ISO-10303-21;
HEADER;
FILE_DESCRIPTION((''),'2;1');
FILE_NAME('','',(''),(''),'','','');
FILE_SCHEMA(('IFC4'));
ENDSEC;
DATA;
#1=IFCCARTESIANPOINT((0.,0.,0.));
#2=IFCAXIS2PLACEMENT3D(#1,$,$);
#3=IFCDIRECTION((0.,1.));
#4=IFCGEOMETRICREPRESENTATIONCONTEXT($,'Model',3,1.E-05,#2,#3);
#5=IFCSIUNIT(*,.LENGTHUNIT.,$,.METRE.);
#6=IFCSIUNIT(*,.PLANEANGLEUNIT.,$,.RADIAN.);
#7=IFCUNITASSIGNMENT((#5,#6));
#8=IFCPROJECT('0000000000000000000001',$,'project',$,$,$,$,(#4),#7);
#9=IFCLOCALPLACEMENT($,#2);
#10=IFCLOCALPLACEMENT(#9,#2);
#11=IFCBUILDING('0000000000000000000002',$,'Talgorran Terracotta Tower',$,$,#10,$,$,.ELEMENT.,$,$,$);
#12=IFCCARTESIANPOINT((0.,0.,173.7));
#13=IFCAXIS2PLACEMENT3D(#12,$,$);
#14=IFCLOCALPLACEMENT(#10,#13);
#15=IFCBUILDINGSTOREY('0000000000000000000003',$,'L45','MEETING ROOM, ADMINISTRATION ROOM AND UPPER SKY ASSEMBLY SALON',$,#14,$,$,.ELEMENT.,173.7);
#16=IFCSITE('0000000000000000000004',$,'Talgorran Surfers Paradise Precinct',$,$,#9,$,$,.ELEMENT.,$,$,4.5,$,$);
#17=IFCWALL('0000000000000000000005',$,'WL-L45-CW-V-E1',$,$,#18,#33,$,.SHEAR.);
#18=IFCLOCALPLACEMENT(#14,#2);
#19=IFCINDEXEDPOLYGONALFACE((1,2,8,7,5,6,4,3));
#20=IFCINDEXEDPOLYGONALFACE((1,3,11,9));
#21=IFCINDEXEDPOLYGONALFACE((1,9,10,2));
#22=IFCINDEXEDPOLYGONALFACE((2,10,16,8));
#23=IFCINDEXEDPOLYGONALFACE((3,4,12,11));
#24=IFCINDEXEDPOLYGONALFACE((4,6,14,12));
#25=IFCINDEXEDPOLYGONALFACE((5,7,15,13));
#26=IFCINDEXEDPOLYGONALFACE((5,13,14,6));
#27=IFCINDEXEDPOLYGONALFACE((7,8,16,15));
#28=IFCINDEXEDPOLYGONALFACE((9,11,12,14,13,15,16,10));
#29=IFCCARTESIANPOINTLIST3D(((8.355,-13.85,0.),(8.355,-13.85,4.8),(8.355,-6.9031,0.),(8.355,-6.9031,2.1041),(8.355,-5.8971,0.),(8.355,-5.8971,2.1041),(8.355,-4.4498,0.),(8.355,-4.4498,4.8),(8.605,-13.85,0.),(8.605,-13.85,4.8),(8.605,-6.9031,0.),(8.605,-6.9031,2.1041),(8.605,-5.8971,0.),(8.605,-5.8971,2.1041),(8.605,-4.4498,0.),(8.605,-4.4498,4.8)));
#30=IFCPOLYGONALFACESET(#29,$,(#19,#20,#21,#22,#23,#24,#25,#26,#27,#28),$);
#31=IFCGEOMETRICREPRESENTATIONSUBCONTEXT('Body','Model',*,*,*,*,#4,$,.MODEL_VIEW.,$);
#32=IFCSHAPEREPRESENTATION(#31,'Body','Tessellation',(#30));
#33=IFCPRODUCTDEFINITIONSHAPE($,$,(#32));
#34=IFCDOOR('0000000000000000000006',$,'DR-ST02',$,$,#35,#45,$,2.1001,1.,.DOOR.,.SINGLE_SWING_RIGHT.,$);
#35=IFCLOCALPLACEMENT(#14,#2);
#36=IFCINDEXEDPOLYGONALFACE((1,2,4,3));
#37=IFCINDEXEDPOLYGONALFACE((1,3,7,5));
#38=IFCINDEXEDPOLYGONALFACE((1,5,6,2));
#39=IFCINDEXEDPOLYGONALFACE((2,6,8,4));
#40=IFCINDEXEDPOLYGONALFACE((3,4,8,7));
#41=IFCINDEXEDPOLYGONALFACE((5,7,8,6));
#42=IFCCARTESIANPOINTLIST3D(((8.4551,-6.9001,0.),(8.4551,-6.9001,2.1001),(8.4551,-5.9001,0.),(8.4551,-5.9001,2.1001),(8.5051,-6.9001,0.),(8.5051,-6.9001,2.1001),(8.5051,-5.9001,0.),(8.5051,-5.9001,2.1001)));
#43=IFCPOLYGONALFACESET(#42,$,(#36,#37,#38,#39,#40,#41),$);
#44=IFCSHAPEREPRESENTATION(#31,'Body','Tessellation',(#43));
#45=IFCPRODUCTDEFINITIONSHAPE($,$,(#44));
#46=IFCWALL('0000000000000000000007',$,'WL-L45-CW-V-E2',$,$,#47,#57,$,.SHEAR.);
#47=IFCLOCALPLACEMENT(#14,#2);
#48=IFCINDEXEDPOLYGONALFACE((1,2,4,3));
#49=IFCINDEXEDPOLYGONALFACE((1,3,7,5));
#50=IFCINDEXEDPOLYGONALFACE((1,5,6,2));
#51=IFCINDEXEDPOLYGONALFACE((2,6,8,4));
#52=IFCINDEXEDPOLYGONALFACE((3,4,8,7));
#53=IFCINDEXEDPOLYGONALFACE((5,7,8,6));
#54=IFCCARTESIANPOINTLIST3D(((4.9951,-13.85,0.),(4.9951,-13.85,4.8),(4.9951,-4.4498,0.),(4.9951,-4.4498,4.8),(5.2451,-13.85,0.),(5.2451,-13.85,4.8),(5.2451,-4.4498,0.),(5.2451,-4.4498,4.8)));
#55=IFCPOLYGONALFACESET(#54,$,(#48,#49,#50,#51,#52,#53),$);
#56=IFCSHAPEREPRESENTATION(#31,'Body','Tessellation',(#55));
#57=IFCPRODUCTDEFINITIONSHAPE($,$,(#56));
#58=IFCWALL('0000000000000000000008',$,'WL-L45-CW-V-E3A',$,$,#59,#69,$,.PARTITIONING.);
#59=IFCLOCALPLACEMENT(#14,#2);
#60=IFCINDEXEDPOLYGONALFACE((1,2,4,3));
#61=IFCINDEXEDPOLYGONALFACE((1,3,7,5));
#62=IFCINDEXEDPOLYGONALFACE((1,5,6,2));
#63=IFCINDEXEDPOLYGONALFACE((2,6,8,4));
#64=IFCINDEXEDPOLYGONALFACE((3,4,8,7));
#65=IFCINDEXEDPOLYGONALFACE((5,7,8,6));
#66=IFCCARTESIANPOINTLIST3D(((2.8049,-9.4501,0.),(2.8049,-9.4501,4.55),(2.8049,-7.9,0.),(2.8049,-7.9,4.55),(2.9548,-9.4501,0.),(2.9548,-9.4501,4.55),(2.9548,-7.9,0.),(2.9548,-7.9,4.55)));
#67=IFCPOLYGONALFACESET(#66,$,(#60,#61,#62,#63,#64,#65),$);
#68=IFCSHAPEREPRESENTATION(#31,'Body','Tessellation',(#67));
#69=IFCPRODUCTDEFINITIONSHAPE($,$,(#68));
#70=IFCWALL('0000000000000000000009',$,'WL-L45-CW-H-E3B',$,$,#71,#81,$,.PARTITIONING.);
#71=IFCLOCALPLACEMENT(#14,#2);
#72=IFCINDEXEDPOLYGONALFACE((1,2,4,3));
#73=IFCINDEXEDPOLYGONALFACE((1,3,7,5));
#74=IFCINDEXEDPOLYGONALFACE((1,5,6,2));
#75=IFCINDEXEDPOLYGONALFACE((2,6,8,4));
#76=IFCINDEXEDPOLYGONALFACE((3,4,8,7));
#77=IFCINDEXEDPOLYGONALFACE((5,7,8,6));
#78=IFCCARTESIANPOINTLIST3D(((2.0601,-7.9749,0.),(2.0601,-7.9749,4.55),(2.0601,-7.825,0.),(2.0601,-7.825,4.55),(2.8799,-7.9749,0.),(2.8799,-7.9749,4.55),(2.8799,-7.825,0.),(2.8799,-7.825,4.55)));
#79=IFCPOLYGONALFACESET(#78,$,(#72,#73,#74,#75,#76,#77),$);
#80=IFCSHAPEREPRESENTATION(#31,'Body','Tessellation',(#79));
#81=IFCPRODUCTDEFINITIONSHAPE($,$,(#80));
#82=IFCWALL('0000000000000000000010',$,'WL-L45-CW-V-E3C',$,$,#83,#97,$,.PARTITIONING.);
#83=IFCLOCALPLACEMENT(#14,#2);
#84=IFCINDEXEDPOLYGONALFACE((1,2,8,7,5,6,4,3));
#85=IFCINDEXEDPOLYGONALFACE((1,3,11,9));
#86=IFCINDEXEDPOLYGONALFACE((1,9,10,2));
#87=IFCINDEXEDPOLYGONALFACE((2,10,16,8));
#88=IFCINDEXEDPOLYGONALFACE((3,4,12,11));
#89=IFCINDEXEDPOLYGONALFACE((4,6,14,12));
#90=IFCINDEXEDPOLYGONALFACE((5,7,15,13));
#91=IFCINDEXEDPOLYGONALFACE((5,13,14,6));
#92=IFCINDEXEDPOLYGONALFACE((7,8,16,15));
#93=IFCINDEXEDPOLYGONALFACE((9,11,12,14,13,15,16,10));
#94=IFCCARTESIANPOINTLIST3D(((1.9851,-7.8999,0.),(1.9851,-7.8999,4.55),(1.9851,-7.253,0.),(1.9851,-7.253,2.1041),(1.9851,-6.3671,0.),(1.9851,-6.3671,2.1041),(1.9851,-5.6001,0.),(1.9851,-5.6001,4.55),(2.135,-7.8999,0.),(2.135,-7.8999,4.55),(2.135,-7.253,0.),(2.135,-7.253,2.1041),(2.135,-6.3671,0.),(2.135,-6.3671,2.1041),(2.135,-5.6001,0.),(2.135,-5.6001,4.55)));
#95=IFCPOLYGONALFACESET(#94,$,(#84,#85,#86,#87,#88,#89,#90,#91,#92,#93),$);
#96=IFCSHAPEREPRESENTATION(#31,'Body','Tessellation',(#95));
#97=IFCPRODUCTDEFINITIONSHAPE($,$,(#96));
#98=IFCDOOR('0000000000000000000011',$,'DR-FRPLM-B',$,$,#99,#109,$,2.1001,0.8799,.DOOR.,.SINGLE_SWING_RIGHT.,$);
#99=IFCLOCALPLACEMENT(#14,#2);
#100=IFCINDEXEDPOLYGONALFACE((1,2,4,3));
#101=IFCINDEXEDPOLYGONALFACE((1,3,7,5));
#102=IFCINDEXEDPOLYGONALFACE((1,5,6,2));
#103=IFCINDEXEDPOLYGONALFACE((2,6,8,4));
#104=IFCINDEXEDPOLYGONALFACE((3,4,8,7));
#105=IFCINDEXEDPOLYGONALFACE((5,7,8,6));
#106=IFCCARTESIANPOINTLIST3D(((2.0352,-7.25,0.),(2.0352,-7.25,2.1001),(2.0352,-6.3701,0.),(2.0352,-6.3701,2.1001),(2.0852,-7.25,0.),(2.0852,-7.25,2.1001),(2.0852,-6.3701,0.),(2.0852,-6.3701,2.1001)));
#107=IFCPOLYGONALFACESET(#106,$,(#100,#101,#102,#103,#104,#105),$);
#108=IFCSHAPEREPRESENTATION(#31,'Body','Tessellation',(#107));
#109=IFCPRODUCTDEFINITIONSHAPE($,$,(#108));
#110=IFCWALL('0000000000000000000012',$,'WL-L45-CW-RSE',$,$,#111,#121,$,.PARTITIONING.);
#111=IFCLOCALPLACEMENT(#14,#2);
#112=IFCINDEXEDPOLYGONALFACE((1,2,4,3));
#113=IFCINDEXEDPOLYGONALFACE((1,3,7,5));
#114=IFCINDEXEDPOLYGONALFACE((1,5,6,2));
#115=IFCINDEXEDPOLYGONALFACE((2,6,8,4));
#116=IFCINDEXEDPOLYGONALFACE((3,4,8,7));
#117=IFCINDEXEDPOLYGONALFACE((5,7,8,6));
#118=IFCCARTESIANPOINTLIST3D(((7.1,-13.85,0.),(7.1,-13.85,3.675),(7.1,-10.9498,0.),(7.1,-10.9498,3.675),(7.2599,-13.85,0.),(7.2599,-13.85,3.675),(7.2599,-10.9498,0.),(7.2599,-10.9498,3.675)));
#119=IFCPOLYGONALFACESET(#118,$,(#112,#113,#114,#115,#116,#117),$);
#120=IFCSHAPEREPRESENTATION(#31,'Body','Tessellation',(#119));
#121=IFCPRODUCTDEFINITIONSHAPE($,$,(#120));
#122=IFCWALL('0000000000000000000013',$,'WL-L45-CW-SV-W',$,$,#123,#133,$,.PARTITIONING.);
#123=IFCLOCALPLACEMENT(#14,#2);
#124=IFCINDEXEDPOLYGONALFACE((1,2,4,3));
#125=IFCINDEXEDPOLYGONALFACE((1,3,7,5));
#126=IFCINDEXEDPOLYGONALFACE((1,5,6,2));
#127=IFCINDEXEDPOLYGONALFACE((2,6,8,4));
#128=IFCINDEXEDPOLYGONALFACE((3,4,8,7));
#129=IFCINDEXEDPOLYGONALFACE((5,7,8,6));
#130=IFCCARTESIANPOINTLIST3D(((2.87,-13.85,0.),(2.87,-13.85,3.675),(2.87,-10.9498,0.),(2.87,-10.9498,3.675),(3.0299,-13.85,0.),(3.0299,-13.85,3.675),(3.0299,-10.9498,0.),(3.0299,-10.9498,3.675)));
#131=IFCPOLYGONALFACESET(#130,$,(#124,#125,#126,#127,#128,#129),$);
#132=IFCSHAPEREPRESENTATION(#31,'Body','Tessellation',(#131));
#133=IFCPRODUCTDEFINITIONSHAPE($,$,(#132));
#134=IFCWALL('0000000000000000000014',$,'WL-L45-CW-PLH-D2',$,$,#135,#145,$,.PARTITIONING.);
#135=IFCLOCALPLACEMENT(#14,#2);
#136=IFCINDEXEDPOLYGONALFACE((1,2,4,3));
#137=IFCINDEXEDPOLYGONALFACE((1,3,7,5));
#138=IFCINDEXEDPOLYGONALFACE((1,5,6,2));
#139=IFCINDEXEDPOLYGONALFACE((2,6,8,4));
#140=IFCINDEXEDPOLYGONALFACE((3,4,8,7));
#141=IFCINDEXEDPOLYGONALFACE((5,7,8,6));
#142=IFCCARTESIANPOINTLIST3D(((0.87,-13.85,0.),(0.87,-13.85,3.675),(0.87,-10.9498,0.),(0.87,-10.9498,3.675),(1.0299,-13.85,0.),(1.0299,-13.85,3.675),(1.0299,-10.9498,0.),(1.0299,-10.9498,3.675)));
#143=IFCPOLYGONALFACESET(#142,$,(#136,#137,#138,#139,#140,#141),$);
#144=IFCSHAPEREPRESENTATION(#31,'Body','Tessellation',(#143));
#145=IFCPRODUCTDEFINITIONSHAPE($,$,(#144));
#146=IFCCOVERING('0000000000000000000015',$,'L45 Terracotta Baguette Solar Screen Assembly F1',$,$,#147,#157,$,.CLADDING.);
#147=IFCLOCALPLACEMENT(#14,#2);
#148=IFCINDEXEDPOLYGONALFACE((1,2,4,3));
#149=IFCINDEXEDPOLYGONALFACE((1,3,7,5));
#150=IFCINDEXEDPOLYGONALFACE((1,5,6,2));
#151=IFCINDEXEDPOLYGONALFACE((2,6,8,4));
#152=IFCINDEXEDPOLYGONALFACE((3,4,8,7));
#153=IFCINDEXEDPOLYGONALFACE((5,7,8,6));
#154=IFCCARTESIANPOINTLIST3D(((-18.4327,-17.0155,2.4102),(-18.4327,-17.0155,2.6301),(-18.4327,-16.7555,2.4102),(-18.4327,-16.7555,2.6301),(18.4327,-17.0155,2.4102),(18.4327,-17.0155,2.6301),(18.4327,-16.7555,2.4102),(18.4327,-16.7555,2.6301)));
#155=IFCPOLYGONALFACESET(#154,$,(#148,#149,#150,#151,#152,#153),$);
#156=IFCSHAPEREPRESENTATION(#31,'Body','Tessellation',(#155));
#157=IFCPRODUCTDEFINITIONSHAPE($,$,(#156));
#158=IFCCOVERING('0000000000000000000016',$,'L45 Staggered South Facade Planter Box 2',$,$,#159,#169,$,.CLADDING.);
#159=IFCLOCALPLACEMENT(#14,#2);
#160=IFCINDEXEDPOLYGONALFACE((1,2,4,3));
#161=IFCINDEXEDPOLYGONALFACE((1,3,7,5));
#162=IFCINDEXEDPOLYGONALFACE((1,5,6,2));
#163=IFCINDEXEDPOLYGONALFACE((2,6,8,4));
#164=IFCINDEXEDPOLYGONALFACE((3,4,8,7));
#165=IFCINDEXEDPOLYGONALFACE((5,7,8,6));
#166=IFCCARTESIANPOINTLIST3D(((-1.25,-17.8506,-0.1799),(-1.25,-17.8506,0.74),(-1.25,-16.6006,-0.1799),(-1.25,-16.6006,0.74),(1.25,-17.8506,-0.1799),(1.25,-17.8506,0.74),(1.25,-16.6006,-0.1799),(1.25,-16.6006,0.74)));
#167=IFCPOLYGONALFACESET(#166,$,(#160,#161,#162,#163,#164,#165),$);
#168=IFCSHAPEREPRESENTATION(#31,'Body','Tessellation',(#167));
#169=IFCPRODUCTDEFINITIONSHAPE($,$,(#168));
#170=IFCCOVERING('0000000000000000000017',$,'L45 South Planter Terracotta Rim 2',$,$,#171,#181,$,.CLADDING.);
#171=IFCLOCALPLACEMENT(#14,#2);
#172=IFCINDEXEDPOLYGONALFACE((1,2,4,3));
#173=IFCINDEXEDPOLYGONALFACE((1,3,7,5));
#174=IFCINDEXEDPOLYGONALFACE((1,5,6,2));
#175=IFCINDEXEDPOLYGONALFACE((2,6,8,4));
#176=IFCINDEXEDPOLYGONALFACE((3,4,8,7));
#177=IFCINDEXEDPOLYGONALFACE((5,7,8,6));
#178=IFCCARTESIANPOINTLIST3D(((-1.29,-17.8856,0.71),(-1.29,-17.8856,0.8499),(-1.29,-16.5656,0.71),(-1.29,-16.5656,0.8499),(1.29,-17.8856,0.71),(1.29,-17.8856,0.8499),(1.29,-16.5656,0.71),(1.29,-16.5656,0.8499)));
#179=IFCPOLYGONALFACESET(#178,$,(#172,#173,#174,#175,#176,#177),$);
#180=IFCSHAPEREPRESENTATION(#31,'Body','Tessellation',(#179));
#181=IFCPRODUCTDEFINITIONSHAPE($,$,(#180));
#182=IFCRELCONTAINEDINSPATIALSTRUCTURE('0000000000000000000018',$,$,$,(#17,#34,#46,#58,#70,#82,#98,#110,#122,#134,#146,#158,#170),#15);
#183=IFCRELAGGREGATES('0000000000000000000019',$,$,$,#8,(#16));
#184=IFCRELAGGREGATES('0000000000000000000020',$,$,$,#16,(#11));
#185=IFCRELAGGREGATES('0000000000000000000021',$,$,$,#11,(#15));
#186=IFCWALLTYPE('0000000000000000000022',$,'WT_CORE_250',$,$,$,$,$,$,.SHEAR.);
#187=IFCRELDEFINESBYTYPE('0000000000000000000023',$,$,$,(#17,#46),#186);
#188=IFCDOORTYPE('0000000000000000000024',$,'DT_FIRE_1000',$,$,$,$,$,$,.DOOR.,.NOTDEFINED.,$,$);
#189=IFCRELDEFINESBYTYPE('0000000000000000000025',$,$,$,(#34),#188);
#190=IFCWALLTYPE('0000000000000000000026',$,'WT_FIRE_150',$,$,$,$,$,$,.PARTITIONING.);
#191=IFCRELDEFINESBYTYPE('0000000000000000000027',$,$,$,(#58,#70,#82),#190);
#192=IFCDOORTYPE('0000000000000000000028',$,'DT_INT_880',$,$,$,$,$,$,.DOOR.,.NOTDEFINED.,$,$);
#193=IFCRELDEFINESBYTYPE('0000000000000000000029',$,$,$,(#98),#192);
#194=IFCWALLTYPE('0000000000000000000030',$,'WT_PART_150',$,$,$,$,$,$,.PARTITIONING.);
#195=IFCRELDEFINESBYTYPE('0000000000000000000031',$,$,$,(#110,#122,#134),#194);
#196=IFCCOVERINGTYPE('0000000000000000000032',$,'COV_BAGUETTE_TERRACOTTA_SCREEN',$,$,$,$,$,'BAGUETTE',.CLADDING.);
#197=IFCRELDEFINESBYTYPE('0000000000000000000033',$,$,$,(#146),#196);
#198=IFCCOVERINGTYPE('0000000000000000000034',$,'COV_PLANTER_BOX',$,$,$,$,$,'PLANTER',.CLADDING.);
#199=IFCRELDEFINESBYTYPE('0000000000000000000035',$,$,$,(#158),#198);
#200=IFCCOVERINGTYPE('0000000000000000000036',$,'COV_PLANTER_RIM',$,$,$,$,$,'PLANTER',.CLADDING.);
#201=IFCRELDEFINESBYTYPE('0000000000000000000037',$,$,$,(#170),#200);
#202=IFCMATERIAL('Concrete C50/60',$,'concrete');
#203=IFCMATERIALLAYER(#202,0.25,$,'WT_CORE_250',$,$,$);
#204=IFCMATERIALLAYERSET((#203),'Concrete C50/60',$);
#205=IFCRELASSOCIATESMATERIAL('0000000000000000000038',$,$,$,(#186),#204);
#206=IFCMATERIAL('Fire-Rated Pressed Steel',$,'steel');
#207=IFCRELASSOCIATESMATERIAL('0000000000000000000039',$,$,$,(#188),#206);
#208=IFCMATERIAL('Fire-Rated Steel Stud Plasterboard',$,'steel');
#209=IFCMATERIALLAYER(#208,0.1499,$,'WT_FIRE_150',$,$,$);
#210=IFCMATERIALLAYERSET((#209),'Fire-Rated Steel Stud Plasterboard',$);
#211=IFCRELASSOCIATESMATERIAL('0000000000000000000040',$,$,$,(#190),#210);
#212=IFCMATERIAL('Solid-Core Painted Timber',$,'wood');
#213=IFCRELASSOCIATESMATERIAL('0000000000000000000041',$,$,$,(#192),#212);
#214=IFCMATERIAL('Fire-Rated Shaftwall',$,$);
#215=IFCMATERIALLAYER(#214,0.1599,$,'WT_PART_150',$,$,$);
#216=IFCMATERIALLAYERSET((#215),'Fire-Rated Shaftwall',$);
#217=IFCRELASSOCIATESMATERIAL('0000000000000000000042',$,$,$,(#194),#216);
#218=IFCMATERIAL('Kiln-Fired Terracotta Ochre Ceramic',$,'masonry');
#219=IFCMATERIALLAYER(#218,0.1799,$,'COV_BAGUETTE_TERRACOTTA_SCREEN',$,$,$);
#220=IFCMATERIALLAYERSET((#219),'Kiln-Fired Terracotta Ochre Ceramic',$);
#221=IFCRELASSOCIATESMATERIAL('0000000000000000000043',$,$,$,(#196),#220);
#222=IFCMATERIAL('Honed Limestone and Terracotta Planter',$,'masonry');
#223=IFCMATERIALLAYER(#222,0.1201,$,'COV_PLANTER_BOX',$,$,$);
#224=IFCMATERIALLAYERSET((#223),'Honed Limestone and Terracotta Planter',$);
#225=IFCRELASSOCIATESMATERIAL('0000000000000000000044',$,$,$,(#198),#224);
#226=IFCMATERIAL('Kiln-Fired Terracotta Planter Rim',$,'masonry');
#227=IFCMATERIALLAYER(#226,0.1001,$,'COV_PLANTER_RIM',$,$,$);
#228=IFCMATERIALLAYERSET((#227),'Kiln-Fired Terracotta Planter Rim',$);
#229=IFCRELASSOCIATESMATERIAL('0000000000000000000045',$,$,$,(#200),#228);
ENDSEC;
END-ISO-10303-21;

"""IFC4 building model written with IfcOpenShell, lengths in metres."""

from ifc_helpers import new_model, si_unit, direction, frame, frame_2d, origin, origin_2d, place, context, subcontext, project, spatial, rectangle, extrude, material, layer, layer_set, type_object, element, fill, save


model = new_model("IFC4")

# Units and contexts
model_context = context("Model", 3, precision=1e-05, world=origin(), true_north=direction((0.0, 1.0)))
body_context = subcontext(model_context, "Body", "Model", "MODEL_VIEW")
ifc_project = project(units=[si_unit("LENGTHUNIT", "METRE"), si_unit("PLANEANGLEUNIT", "RADIAN")], contexts=[model_context])

# Site, building, storey
site_placement = place(None, origin())
site = spatial("IfcSite", under=ifc_project, at=site_placement, Name="Talgorran Surfers Paradise Precinct", CompositionType="ELEMENT", RefElevation=4.5)
building_placement = place(site_placement, origin())
building = spatial("IfcBuilding", under=site, at=building_placement, Name="Talgorran Terracotta Tower", CompositionType="ELEMENT")
storey_placement = place(building_placement, frame((0.0, 0.0, 173.7)))
storey = spatial("IfcBuildingStorey", under=building, at=storey_placement, Name="L45", Description="MEETING ROOM, ADMINISTRATION ROOM AND UPPER SKY ASSEMBLY SALON", CompositionType="ELEMENT", Elevation=173.7)

# Shared definitions
ifc_material_1 = material(Name="Concrete C50/60", Category="concrete")

# Shared definitions
ifc_material_2 = material(Name="Fire-Rated Pressed Steel", Category="steel")

# Wall, opening, door
ifc_layer_1 = layer(ifc_material_1, 0.25, Name="WT_CORE_250")
ifc_layer_set_1 = layer_set([ifc_layer_1], Name="Concrete C50/60")
wall_type_1 = type_object("IfcWallType", Name="WT_CORE_250", PredefinedType="SHEAR", material=ifc_layer_set_1)
wall_1_placement = place(storey_placement, frame((8.48, -13.8501, 0.0), z_axis=(0.0, 0.0, 1.0), x_axis=(0.0, 1.0, 0.0)))
wall_1 = element("IfcWall", 1, at=wall_1_placement, inside=storey, type_object=wall_type_1, Name="WL-L45-CW-V-E1", PredefinedType="SHEAR", context=body_context, shape_type="SweptSolid", body=[
    extrude(rectangle(XDim=9.4001, YDim=0.25, at=frame_2d((4.7002, 0.0))), origin(), (0.0, 0.0, 1.0), 4.8),
])
opening_1_placement = place(wall_1_placement, frame((6.95, 0.0, 0.0)))
opening_1 = element("IfcOpeningElement", 2, at=opening_1_placement, cuts=wall_1, PredefinedType="OPENING", context=body_context, shape_type="SweptSolid", body=[
    extrude(rectangle(XDim=1.006, YDim=2.1041, at=frame_2d((0.5, 1.052))), frame((0.0, 0.135, 0.0), z_axis=(0.0, -1.0, 0.0), x_axis=(1.0, 0.0, 0.0)), (0.0, 0.0, 1.0), 0.27),
])
door_type_1 = type_object("IfcDoorType", Name="DT_FIRE_1000", OperationType="NOTDEFINED", PredefinedType="DOOR", material=ifc_material_2)
door_1_placement = place(opening_1_placement, origin())
door_1 = element("IfcDoor", 3, at=door_1_placement, inside=storey, type_object=door_type_1, Name="DR-ST02", OperationType="SINGLE_SWING_RIGHT", OverallHeight=2.1001, OverallWidth=1.0, PredefinedType="DOOR", context=body_context, shape_type="SweptSolid", body=[
    extrude(rectangle(XDim=1.0, YDim=2.1001, at=frame_2d((0.5, 1.05))), frame((0.0, 0.0249, 0.0), z_axis=(0.0, -1.0, 0.0), x_axis=(1.0, 0.0, 0.0)), (0.0, 0.0, 1.0), 0.05),
])
fill(opening_1, door_1)

# Walls
wall_2_placement = place(storey_placement, frame((5.1201, -13.8501, 0.0), z_axis=(0.0, 0.0, 1.0), x_axis=(0.0, 1.0, 0.0)))
element("IfcWall", 4, at=wall_2_placement, inside=storey, type_object=wall_type_1, Name="WL-L45-CW-V-E2", PredefinedType="SHEAR", context=body_context, shape_type="SweptSolid", body=[
    extrude(rectangle(XDim=9.4001, YDim=0.25, at=frame_2d((4.7002, 0.0))), origin(), (0.0, 0.0, 1.0), 4.8),
])
ifc_material_3 = material(Name="Fire-Rated Steel Stud Plasterboard", Category="steel")
ifc_layer_2 = layer(ifc_material_3, 0.1499, Name="WT_FIRE_150")
ifc_layer_set_2 = layer_set([ifc_layer_2], Name="Fire-Rated Steel Stud Plasterboard")
wall_type_2 = type_object("IfcWallType", Name="WT_FIRE_150", PredefinedType="PARTITIONING", material=ifc_layer_set_2)
wall_3_placement = place(storey_placement, frame((2.8799, -9.45, 0.0), z_axis=(0.0, 0.0, 1.0), x_axis=(0.0, 1.0, 0.0)))
element("IfcWall", 5, at=wall_3_placement, inside=storey, type_object=wall_type_2, Name="WL-L45-CW-V-E3A", PredefinedType="PARTITIONING", context=body_context, shape_type="SweptSolid", body=[
    extrude(rectangle(XDim=1.55, YDim=0.1499, at=frame_2d((0.7749, 0.0))), origin(), (0.0, 0.0, 1.0), 4.55),
])
wall_4_placement = place(storey_placement, frame((2.0601, -7.8999, 0.0), z_axis=(0.0, 0.0, 1.0), x_axis=(1.0, 0.0, 0.0)))
element("IfcWall", 6, at=wall_4_placement, inside=storey, type_object=wall_type_2, Name="WL-L45-CW-H-E3B", PredefinedType="PARTITIONING", context=body_context, shape_type="SweptSolid", body=[
    extrude(rectangle(XDim=0.8198, YDim=0.1499, at=frame_2d((0.4099, 0.0))), origin(), (0.0, 0.0, 1.0), 4.55),
])

# Wall, opening, door
wall_5_placement = place(storey_placement, frame((2.0601, -7.8999, 0.0), z_axis=(0.0, 0.0, 1.0), x_axis=(0.0, 1.0, 0.0)))
wall_5 = element("IfcWall", 7, at=wall_5_placement, inside=storey, type_object=wall_type_2, Name="WL-L45-CW-V-E3C", PredefinedType="PARTITIONING", context=body_context, shape_type="SweptSolid", body=[
    extrude(rectangle(XDim=2.2998, YDim=0.1499, at=frame_2d((1.1499, 0.0))), origin(), (0.0, 0.0, 1.0), 4.55),
])
opening_2_placement = place(wall_5_placement, frame((0.6499, 0.0, 0.0)))
opening_2 = element("IfcOpeningElement", 8, at=opening_2_placement, cuts=wall_5, PredefinedType="OPENING", context=body_context, shape_type="SweptSolid", body=[
    extrude(rectangle(XDim=0.8859, YDim=2.1041, at=frame_2d((0.4399, 1.052))), frame((0.0, 0.085, 0.0), z_axis=(0.0, -1.0, 0.0), x_axis=(1.0, 0.0, 0.0)), (0.0, 0.0, 1.0), 0.1699),
])
ifc_material_4 = material(Name="Solid-Core Painted Timber", Category="wood")
door_type_2 = type_object("IfcDoorType", Name="DT_INT_880", OperationType="NOTDEFINED", PredefinedType="DOOR", material=ifc_material_4)
door_2_placement = place(opening_2_placement, origin())
door_2 = element("IfcDoor", 9, at=door_2_placement, inside=storey, type_object=door_type_2, Name="DR-FRPLM-B", OperationType="SINGLE_SWING_RIGHT", OverallHeight=2.1001, OverallWidth=0.8799, PredefinedType="DOOR", context=body_context, shape_type="SweptSolid", body=[
    extrude(rectangle(XDim=0.8799, YDim=2.1001, at=frame_2d((0.4399, 1.05))), frame((0.0, 0.0249, 0.0), z_axis=(0.0, -1.0, 0.0), x_axis=(1.0, 0.0, 0.0)), (0.0, 0.0, 1.0), 0.05),
])
fill(opening_2, door_2)

# Walls
ifc_material_5 = material(Name="Fire-Rated Shaftwall")
ifc_layer_3 = layer(ifc_material_5, 0.1599, Name="WT_PART_150")
ifc_layer_set_3 = layer_set([ifc_layer_3], Name="Fire-Rated Shaftwall")
wall_type_3 = type_object("IfcWallType", Name="WT_PART_150", PredefinedType="PARTITIONING", material=ifc_layer_set_3)
for number, where, z_axis, x_axis, name in (
    (10, (7.1799, -13.8501, 0.0), (0.0, 0.0, 1.0), (0.0, 1.0, 0.0), "WL-L45-CW-RSE"),
    (11, (2.95, -13.8501, 0.0), (0.0, 0.0, 1.0), (0.0, 1.0, 0.0), "WL-L45-CW-SV-W"),
    (12, (0.95, -13.8501, 0.0), (0.0, 0.0, 1.0), (0.0, 1.0, 0.0), "WL-L45-CW-PLH-D2"),
):
    element("IfcWall", number, at=place(storey_placement, frame(where, z_axis=z_axis, x_axis=x_axis)), inside=storey, type_object=wall_type_3, Name=name, PredefinedType="PARTITIONING", context=body_context, shape_type="SweptSolid", body=[
        extrude(rectangle(XDim=2.9001, YDim=0.1599, at=frame_2d((1.4502, 0.0))), origin(), (0.0, 0.0, 1.0), 3.675),
    ])

# Coverings
ifc_material_6 = material(Name="Kiln-Fired Terracotta Ochre Ceramic", Category="masonry")
ifc_layer_4 = layer(ifc_material_6, 0.1799, Name="COV_BAGUETTE_TERRACOTTA_SCREEN")
ifc_layer_set_4 = layer_set([ifc_layer_4], Name="Kiln-Fired Terracotta Ochre Ceramic")
covering_type_1 = type_object("IfcCoveringType", Name="COV_BAGUETTE_TERRACOTTA_SCREEN", ElementType="BAGUETTE", PredefinedType="CLADDING", material=ifc_layer_set_4)
covering_1_placement = place(storey_placement, frame((0.0, -16.8855, 2.4102), z_axis=(0.0, 0.0, 1.0), x_axis=(1.0, 0.0, 0.0)))
element("IfcCovering", 13, at=covering_1_placement, inside=storey, type_object=covering_type_1, Name="L45 Terracotta Baguette Solar Screen Assembly F1", PredefinedType="CLADDING", context=body_context, shape_type="SweptSolid", body=[
    extrude(rectangle(XDim=36.8655, YDim=0.26, at=origin_2d()), origin(), (0.0, 0.0, 1.0), 0.22),
])
ifc_material_7 = material(Name="Honed Limestone and Terracotta Planter", Category="masonry")
ifc_layer_5 = layer(ifc_material_7, 0.1201, Name="COV_PLANTER_BOX")
ifc_layer_set_5 = layer_set([ifc_layer_5], Name="Honed Limestone and Terracotta Planter")
covering_type_2 = type_object("IfcCoveringType", Name="COV_PLANTER_BOX", ElementType="PLANTER", PredefinedType="CLADDING", material=ifc_layer_set_5)
covering_2_placement = place(storey_placement, frame((0.0, -17.2256, -0.1799), z_axis=(0.0, 0.0, 1.0), x_axis=(1.0, 0.0, 0.0)))
element("IfcCovering", 14, at=covering_2_placement, inside=storey, type_object=covering_type_2, Name="L45 Staggered South Facade Planter Box 2", PredefinedType="CLADDING", context=body_context, shape_type="SweptSolid", body=[
    extrude(rectangle(XDim=2.5, YDim=1.25, at=origin_2d()), origin(), (0.0, 0.0, 1.0), 0.9199),
])
ifc_material_8 = material(Name="Kiln-Fired Terracotta Planter Rim", Category="masonry")
ifc_layer_6 = layer(ifc_material_8, 0.1001, Name="COV_PLANTER_RIM")
ifc_layer_set_6 = layer_set([ifc_layer_6], Name="Kiln-Fired Terracotta Planter Rim")
covering_type_3 = type_object("IfcCoveringType", Name="COV_PLANTER_RIM", ElementType="PLANTER", PredefinedType="CLADDING", material=ifc_layer_set_6)
covering_3_placement = place(storey_placement, frame((0.0, -17.2256, 0.71), z_axis=(0.0, 0.0, 1.0), x_axis=(1.0, 0.0, 0.0)))
element("IfcCovering", 15, at=covering_3_placement, inside=storey, type_object=covering_type_3, Name="L45 South Planter Terracotta Rim 2", PredefinedType="CLADDING", context=body_context, shape_type="SweptSolid", body=[
    extrude(rectangle(XDim=2.5801, YDim=1.3201, at=origin_2d()), origin(), (0.0, 0.0, 1.0), 0.1399),
])

save(model, "model.ifc")
